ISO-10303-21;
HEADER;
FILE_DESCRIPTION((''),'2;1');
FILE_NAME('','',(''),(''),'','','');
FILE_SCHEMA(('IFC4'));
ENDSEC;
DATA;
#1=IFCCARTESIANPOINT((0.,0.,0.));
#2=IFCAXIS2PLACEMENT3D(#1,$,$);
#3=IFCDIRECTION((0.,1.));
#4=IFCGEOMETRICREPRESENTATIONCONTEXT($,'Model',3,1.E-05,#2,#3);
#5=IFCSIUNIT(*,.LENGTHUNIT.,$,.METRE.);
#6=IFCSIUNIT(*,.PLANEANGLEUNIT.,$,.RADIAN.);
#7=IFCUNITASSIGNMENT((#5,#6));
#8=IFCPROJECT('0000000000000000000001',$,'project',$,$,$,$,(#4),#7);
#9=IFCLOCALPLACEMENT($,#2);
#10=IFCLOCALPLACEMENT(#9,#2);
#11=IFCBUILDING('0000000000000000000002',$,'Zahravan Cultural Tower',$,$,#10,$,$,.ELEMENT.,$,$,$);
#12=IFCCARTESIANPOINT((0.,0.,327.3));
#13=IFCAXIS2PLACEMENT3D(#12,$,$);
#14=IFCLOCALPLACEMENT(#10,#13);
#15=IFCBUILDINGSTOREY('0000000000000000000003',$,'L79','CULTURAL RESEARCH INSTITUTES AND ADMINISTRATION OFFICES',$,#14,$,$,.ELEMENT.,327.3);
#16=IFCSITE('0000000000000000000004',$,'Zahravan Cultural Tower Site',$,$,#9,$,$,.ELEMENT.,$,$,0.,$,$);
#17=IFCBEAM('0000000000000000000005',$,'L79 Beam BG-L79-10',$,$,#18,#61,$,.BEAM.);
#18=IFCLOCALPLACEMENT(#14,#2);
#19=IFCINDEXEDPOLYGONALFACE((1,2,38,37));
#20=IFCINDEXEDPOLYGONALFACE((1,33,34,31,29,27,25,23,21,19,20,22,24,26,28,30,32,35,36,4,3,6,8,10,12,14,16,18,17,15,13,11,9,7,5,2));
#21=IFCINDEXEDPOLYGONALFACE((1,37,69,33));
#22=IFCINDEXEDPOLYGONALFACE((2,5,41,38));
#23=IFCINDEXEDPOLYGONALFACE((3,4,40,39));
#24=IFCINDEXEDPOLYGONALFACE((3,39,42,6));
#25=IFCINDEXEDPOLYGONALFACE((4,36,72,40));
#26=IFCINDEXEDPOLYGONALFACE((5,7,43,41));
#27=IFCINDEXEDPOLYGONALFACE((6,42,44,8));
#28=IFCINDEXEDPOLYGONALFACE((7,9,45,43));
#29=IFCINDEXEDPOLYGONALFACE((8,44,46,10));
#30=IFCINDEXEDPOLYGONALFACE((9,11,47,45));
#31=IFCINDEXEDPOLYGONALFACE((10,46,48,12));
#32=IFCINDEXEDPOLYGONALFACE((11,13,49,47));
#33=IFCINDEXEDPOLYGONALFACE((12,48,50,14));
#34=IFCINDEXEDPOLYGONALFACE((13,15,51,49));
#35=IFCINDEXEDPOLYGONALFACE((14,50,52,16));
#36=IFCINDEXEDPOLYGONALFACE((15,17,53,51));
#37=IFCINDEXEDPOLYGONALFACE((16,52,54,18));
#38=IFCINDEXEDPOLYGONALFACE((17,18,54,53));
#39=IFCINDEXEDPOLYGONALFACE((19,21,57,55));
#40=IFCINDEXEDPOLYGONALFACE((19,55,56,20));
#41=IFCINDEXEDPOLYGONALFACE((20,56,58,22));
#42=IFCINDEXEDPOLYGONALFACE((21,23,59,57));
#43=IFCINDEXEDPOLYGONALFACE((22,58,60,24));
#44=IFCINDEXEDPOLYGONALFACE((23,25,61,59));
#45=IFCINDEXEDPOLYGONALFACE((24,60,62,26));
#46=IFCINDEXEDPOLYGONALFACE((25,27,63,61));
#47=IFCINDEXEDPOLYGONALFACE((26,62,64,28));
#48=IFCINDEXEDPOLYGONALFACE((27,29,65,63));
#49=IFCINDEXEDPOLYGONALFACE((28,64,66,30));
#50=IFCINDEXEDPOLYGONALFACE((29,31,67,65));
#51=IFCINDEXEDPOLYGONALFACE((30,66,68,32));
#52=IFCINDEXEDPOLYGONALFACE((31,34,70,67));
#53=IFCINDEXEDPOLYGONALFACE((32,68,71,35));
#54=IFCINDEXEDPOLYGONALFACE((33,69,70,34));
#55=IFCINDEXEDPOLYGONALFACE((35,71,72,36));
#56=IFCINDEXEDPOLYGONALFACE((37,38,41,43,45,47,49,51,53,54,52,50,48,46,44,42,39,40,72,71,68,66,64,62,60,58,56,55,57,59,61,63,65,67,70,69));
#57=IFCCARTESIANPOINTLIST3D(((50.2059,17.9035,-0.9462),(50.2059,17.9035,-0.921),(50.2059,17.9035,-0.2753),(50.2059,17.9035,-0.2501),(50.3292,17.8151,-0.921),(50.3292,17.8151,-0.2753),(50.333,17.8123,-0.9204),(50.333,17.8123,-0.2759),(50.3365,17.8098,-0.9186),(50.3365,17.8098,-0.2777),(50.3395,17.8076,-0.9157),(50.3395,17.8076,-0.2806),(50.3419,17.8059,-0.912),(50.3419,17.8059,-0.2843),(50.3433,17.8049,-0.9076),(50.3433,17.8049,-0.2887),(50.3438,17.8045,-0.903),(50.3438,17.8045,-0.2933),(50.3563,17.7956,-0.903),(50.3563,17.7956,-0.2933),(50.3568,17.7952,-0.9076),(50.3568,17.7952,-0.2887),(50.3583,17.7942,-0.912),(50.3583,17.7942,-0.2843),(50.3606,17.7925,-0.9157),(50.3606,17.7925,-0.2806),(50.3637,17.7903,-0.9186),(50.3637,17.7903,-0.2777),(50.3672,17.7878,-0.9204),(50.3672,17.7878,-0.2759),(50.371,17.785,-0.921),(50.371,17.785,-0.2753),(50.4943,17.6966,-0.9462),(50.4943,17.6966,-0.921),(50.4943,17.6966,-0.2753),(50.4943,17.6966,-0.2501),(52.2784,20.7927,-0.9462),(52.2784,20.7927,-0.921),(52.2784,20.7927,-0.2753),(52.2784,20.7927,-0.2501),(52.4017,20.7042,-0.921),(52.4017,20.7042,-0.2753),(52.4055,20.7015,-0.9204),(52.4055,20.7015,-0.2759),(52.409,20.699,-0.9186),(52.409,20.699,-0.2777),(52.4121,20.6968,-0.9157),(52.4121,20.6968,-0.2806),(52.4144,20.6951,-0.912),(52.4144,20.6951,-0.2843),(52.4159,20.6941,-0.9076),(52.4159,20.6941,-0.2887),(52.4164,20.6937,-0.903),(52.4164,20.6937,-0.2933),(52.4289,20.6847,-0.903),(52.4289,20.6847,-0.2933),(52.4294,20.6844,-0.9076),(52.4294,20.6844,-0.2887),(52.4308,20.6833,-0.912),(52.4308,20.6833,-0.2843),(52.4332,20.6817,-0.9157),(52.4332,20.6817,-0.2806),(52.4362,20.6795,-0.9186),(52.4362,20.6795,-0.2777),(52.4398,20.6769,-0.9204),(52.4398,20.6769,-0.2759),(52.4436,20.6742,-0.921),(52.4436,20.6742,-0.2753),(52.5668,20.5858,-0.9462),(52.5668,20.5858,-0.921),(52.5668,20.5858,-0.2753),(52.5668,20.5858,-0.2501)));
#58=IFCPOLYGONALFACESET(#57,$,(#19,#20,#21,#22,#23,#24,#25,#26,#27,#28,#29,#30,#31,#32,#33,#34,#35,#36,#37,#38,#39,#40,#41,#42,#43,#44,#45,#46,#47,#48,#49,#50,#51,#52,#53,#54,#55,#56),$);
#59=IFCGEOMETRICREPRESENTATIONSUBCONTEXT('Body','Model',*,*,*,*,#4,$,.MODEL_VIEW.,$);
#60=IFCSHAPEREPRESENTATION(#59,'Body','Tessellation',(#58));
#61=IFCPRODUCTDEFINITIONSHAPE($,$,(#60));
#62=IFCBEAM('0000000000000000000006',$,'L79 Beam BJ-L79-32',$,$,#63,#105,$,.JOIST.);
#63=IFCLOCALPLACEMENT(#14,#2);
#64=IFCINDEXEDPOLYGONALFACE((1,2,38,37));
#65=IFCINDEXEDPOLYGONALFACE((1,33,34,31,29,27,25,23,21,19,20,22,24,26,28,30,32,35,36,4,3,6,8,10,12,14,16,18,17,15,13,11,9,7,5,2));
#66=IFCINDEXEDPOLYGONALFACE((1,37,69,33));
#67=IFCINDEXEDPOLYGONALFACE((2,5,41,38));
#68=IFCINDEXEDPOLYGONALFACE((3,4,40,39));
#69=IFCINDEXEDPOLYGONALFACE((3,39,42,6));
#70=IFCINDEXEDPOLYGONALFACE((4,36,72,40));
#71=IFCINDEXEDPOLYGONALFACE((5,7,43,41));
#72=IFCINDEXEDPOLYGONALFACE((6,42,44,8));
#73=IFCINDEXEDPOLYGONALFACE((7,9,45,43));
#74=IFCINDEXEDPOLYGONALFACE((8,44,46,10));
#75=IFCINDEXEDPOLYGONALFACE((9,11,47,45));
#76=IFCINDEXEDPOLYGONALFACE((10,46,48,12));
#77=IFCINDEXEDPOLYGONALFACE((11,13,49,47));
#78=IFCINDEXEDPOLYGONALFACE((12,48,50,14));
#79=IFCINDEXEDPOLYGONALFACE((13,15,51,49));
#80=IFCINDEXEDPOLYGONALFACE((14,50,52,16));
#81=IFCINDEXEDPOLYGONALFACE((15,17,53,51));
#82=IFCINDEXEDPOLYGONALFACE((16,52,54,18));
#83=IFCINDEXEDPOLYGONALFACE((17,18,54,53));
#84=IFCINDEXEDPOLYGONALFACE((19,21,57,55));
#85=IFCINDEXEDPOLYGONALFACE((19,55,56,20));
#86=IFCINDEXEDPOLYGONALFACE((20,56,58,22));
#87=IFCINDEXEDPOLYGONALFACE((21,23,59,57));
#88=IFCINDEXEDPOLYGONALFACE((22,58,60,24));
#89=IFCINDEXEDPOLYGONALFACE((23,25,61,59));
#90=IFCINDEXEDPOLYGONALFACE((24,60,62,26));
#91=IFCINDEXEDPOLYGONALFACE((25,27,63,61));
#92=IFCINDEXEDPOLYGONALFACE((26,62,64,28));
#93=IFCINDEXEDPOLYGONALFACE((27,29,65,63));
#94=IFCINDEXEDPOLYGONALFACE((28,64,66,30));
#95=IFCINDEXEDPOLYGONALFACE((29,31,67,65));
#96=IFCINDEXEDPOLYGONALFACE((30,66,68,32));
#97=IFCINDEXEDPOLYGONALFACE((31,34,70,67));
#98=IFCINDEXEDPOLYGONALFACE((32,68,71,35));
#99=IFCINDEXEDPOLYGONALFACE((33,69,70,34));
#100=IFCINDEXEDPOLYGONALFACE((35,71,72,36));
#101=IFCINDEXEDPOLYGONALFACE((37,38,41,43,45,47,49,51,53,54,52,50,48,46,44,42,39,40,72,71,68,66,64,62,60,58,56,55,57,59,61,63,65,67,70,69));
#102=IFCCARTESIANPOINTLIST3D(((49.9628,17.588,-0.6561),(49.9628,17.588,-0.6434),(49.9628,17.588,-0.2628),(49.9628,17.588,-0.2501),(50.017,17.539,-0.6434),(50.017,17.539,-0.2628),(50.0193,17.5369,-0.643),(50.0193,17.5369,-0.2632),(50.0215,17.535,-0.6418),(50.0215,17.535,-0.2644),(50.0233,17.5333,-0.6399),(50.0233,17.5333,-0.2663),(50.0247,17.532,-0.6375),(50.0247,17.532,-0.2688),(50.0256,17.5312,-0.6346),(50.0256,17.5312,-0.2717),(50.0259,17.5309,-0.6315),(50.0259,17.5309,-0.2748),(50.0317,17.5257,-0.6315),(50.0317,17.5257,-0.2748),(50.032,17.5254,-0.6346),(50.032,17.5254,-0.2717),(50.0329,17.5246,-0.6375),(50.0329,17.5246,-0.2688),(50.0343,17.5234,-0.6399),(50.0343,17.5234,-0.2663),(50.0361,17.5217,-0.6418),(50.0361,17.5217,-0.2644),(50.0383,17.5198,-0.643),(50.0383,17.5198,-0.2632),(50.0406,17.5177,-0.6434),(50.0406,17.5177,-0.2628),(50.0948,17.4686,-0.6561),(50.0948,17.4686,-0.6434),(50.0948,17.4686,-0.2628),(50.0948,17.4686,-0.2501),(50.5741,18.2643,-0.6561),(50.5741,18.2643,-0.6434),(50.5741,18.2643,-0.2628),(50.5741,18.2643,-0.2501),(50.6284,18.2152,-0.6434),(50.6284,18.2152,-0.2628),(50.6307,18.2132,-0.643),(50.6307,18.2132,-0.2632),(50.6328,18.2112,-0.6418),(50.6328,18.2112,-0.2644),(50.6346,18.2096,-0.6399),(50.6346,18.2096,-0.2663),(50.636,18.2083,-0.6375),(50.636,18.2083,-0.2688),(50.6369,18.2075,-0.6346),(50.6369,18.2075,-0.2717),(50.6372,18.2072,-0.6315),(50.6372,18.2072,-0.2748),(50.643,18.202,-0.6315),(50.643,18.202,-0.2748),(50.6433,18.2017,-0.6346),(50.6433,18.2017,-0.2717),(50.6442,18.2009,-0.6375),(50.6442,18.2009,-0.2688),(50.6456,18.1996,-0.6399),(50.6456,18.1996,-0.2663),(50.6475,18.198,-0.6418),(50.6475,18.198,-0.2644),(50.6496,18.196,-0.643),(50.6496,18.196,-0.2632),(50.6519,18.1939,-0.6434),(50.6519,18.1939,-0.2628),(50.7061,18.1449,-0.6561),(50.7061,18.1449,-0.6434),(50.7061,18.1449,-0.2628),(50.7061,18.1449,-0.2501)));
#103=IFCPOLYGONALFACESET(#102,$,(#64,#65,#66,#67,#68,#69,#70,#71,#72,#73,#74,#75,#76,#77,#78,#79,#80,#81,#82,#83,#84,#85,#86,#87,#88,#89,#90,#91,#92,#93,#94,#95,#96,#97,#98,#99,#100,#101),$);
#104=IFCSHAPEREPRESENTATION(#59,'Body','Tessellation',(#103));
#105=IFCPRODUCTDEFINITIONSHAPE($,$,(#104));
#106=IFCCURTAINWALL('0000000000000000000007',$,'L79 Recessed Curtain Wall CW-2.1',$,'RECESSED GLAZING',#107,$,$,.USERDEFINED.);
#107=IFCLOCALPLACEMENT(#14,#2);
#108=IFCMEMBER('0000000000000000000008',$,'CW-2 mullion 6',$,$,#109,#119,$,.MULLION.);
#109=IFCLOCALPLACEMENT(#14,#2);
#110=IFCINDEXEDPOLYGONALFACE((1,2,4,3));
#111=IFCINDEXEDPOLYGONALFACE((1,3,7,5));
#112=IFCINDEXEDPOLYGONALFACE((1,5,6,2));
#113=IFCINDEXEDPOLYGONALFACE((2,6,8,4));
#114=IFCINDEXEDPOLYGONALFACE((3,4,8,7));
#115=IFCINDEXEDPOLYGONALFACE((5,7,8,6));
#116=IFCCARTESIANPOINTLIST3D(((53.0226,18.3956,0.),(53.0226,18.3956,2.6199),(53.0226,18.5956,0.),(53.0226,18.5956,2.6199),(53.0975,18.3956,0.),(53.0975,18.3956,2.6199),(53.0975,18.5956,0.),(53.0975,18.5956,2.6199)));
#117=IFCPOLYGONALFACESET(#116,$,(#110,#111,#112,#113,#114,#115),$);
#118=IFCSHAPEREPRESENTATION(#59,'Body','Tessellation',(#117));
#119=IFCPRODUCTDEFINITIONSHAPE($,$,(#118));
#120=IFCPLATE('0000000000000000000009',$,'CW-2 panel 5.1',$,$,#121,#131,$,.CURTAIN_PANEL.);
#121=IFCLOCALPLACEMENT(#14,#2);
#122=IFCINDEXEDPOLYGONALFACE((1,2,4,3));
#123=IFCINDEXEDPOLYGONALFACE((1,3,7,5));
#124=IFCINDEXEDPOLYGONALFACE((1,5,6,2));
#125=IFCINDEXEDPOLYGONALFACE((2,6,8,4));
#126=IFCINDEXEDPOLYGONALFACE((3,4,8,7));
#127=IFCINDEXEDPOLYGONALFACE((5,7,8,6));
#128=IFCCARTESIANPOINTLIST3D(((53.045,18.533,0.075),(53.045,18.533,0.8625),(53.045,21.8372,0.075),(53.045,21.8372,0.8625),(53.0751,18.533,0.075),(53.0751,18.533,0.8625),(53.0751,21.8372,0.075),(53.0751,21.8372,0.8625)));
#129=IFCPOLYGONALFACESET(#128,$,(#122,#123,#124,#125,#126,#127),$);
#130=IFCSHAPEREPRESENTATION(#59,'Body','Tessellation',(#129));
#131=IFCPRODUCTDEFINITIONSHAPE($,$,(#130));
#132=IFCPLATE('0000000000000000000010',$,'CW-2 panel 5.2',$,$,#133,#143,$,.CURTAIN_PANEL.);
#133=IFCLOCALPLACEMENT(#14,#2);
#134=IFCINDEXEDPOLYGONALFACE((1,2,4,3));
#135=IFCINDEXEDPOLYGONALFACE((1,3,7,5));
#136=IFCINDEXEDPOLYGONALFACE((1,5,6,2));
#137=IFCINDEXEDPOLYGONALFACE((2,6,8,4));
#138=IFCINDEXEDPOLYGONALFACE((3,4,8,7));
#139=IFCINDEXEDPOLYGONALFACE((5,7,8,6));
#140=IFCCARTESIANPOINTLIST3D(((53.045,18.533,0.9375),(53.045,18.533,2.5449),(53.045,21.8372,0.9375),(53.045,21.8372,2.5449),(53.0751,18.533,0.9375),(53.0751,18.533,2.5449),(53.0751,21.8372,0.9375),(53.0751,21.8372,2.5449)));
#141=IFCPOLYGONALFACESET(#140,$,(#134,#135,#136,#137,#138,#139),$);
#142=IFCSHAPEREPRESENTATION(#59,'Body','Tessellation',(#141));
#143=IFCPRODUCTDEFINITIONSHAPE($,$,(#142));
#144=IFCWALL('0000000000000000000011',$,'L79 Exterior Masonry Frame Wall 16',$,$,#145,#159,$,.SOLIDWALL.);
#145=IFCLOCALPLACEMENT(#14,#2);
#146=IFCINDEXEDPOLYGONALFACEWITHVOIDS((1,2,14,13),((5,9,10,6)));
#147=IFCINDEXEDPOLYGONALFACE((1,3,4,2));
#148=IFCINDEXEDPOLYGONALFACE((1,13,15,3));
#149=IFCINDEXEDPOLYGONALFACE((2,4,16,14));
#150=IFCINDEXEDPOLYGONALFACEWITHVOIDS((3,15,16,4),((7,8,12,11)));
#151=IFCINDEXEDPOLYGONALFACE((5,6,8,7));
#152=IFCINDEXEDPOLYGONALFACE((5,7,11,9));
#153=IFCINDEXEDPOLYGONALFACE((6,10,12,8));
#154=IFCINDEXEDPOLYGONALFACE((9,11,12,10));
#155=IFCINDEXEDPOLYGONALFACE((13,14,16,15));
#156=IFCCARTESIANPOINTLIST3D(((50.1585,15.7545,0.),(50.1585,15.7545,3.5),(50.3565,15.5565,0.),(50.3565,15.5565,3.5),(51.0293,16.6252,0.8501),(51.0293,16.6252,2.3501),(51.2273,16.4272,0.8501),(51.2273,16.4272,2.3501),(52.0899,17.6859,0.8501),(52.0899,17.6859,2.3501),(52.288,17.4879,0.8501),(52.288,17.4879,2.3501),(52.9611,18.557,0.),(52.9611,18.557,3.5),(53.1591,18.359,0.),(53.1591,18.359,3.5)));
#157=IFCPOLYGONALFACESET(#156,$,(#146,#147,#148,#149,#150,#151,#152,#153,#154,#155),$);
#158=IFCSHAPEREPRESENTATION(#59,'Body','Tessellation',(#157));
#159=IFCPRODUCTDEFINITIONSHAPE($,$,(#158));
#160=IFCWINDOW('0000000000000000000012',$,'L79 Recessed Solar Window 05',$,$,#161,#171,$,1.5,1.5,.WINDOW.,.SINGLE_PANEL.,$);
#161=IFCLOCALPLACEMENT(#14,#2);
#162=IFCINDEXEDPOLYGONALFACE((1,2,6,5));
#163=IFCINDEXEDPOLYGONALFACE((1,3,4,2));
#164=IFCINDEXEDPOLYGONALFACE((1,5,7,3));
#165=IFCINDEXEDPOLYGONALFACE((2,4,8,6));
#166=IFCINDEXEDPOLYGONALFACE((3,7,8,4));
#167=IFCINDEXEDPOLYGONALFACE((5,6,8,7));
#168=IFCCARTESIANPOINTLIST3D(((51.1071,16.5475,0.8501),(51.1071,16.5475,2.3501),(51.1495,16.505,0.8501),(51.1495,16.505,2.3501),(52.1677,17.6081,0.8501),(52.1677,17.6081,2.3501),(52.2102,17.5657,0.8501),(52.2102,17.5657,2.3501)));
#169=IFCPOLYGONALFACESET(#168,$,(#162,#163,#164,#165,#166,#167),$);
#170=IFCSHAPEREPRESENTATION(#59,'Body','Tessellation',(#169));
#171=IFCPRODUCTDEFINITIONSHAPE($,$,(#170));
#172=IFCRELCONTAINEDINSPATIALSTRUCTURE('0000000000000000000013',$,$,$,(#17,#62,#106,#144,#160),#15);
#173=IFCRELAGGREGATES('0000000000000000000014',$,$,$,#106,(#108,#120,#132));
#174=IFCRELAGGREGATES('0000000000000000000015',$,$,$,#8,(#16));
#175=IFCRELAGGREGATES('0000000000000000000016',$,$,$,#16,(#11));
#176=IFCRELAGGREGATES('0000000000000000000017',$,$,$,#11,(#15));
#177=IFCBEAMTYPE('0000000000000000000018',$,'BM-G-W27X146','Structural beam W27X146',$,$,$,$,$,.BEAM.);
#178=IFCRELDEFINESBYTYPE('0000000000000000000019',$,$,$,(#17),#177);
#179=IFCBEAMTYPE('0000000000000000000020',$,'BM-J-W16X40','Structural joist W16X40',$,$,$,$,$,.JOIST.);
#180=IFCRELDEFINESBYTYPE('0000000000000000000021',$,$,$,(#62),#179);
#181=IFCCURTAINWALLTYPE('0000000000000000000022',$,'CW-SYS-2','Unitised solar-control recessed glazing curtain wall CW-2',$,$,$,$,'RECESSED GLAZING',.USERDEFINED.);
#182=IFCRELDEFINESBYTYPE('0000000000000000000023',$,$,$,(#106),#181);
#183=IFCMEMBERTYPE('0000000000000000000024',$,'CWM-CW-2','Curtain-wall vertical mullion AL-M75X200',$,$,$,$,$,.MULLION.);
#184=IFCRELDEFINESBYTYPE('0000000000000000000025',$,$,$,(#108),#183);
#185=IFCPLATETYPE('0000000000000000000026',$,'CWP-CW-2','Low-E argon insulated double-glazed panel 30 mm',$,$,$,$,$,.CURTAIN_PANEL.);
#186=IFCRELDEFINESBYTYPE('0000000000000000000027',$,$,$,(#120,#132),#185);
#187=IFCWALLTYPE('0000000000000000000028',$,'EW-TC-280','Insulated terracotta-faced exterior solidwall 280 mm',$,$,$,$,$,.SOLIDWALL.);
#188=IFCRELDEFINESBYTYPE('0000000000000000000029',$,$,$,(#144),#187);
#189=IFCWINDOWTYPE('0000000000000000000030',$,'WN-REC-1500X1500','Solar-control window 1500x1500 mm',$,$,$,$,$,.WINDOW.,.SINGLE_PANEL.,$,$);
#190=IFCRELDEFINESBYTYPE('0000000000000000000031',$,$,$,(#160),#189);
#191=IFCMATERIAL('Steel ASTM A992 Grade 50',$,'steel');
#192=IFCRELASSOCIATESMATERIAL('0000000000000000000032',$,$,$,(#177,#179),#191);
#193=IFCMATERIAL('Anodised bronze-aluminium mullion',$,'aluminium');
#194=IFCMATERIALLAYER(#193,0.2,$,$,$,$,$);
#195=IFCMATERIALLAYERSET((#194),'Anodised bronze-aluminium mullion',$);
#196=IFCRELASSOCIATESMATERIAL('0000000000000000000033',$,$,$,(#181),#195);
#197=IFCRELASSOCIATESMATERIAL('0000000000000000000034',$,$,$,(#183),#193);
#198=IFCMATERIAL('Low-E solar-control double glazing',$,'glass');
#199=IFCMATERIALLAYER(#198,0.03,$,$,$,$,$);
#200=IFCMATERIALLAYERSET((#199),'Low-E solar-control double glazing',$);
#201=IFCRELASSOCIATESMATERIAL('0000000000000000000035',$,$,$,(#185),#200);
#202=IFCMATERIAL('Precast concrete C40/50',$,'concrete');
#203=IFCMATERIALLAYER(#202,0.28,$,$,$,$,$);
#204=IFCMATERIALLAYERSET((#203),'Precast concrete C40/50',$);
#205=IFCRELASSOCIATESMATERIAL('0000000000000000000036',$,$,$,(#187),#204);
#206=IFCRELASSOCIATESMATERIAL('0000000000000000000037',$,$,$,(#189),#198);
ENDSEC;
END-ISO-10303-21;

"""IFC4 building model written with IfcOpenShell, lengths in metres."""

from ifc_helpers import new_model, si_unit, direction, frame, frame_2d, origin, origin_2d, place, context, subcontext, project, spatial, rectangle, i_section, extrude, source, transform, mapped, material, layer, layer_set, material_profile, profile_set, type_object, element, fill, aggregate, save


model = new_model("IFC4")

# Units and contexts
model_context = context("Model", 3, precision=1e-05, world=origin(), true_north=direction((0.0, 1.0)))
body_context = subcontext(model_context, "Body", "Model", "MODEL_VIEW")
ifc_project = project(units=[si_unit("LENGTHUNIT", "METRE"), si_unit("PLANEANGLEUNIT", "RADIAN")], contexts=[model_context])

# Site, building, storey
site_placement = place(None, origin())
site = spatial("IfcSite", under=ifc_project, at=site_placement, Name="Zahravan Cultural Tower Site", CompositionType="ELEMENT", RefElevation=0.0)
building_placement = place(site_placement, origin())
building = spatial("IfcBuilding", under=site, at=building_placement, Name="Zahravan Cultural Tower", CompositionType="ELEMENT")
storey_placement = place(building_placement, frame((0.0, 0.0, 327.3)))
storey = spatial("IfcBuildingStorey", under=building, at=storey_placement, Name="L79", Description="CULTURAL RESEARCH INSTITUTES AND ADMINISTRATION OFFICES", CompositionType="ELEMENT", Elevation=327.3)

# Shared definitions
ifc_material_1 = material(Name="Steel ASTM A992 Grade 50", Category="steel")

# Beams
ifc_material_profile_1 = material_profile(ifc_material_1, i_section(OverallWidth=0.355, OverallDepth=0.696, WebThickness=0.0154, FlangeThickness=0.0251, FilletRadius=0.0181, at=origin_2d()), Name="W27X146")
ifc_profile_set_1 = profile_set([ifc_material_profile_1], Name="Steel ASTM A992 Grade 50")
beam_type_1 = type_object("IfcBeamType", Name="BM-G-W27X146", Description="Structural beam W27X146", PredefinedType="BEAM", material=ifc_profile_set_1)
shared_shape_1 = source(origin(), body_context, "Body", "SweptSolid", [
    extrude(i_section(OverallWidth=0.355, OverallDepth=0.696, WebThickness=0.0154, FlangeThickness=0.0251, FilletRadius=0.0181, at=origin_2d()), origin(), (0.0, 0.0, 1.0), 3.5557),
])
beam_1_placement = place(storey_placement, frame((50.3501, 17.8, -0.5981), z_axis=(0.58288, 0.812558, 0.0), x_axis=(-0.812558, 0.58288, 0.0)))
element("IfcBeam", 1, at=beam_1_placement, inside=storey, type_object=beam_type_1, Name="L79 Beam BG-L79-10", PredefinedType="BEAM", context=body_context, shape_type="MappedRepresentation", body=[
    mapped(shared_shape_1, transform((0.0, 0.0, 0.0), x_axis=(1.0, 0.0, 0.0), y_axis=(0.0, 1.0, 0.0), z_axis=(0.0, 0.0, 1.0), scale=1.0)),
])
ifc_material_profile_2 = material_profile(ifc_material_1, i_section(OverallWidth=0.178, OverallDepth=0.406, WebThickness=0.0078, FlangeThickness=0.0127, FilletRadius=0.012, at=origin_2d()), Name="W16X40")
ifc_profile_set_2 = profile_set([ifc_material_profile_2], Name="Steel ASTM A992 Grade 50")
beam_type_2 = type_object("IfcBeamType", Name="BM-J-W16X40", Description="Structural joist W16X40", PredefinedType="JOIST", material=ifc_profile_set_2)
shared_shape_2 = source(origin(), body_context, "Body", "SweptSolid", [
    extrude(i_section(OverallWidth=0.178, OverallDepth=0.406, WebThickness=0.0078, FlangeThickness=0.0127, FilletRadius=0.012, at=origin_2d()), origin(), (0.0, 0.0, 1.0), 0.9116),
])
beam_2_placement = place(storey_placement, frame((50.0288, 17.5283, -0.4531), z_axis=(0.670591, 0.741828, 0.0), x_axis=(-0.741828, 0.670591, 0.0)))
element("IfcBeam", 2, at=beam_2_placement, inside=storey, type_object=beam_type_2, Name="L79 Beam BJ-L79-32", PredefinedType="JOIST", context=body_context, shape_type="MappedRepresentation", body=[
    mapped(shared_shape_2, transform((0.0, 0.0, 0.0), x_axis=(1.0, 0.0, 0.0), y_axis=(0.0, 1.0, 0.0), z_axis=(0.0, 0.0, 1.0), scale=1.0)),
])

# Curtain wall, member, plates
ifc_material_2 = material(Name="Anodised bronze-aluminium mullion", Category="aluminium")
ifc_layer_1 = layer(ifc_material_2, 0.2)
ifc_layer_set_1 = layer_set([ifc_layer_1], Name="Anodised bronze-aluminium mullion")
curtain_wall_type = type_object("IfcCurtainWallType", Name="CW-SYS-2", Description="Unitised solar-control recessed glazing curtain wall CW-2", ElementType="RECESSED GLAZING", PredefinedType="USERDEFINED", material=ifc_layer_set_1)
curtain_wall_placement = place(storey_placement, origin())
curtain_wall = element("IfcCurtainWall", 3, at=curtain_wall_placement, inside=storey, type_object=curtain_wall_type, Name="L79 Recessed Curtain Wall CW-2.1", ObjectType="RECESSED GLAZING", PredefinedType="USERDEFINED")
ifc_material_profile_3 = material_profile(ifc_material_2, rectangle(XDim=0.075, YDim=0.2, at=origin_2d()), Name="AL-M75X200")
ifc_profile_set_3 = profile_set([ifc_material_profile_3], Name="Anodised bronze-aluminium mullion")
member_type = type_object("IfcMemberType", Name="CWM-CW-2", Description="Curtain-wall vertical mullion AL-M75X200", PredefinedType="MULLION", material=ifc_profile_set_3)
shared_shape_3 = source(origin(), body_context, "Body", "SweptSolid", [
    extrude(rectangle(XDim=0.075, YDim=0.2, at=origin_2d()), origin(), (0.0, 0.0, 1.0), 2.6199),
])
member_placement = place(storey_placement, frame((53.0601, 18.4956, 0.0), z_axis=(0.0, 0.0, 1.0), x_axis=(1.0, 0.0, 0.0)))
member = element("IfcMember", 4, at=member_placement, type_object=member_type, Name="CW-2 mullion 6", PredefinedType="MULLION", context=body_context, shape_type="MappedRepresentation", body=[
    mapped(shared_shape_3, transform((0.0, 0.0, 0.0), x_axis=(1.0, 0.0, 0.0), y_axis=(0.0, 1.0, 0.0), z_axis=(0.0, 0.0, 1.0), scale=1.0)),
])
ifc_material_3 = material(Name="Low-E solar-control double glazing", Category="glass")
ifc_layer_2 = layer(ifc_material_3, 0.03)
ifc_layer_set_2 = layer_set([ifc_layer_2], Name="Low-E solar-control double glazing")
plate_type = type_object("IfcPlateType", Name="CWP-CW-2", Description="Low-E argon insulated double-glazed panel 30 mm", PredefinedType="CURTAIN_PANEL", material=ifc_layer_set_2)
shared_shape_4 = source(origin(), body_context, "Body", "SweptSolid", [
    extrude(rectangle(XDim=3.3042, YDim=0.03, at=origin_2d()), origin(), (0.0, 0.0, 1.0), 0.7876),
])
plate_1_placement = place(storey_placement, frame((53.0601, 20.1851, 0.075), z_axis=(0.0, 0.0, 1.0), x_axis=(0.0, -1.0, 0.0)))
plate_1 = element("IfcPlate", 5, at=plate_1_placement, type_object=plate_type, Name="CW-2 panel 5.1", PredefinedType="CURTAIN_PANEL", context=body_context, shape_type="MappedRepresentation", body=[
    mapped(shared_shape_4, transform((0.0, 0.0, 0.0), x_axis=(1.0, 0.0, 0.0), y_axis=(0.0, 1.0, 0.0), z_axis=(0.0, 0.0, 1.0), scale=1.0)),
])
shared_shape_5 = source(origin(), body_context, "Body", "SweptSolid", [
    extrude(rectangle(XDim=3.3042, YDim=0.03, at=origin_2d()), origin(), (0.0, 0.0, 1.0), 1.6074),
])
plate_2_placement = place(storey_placement, frame((53.0601, 20.1851, 0.9375), z_axis=(0.0, 0.0, 1.0), x_axis=(0.0, -1.0, 0.0)))
plate_2 = element("IfcPlate", 6, at=plate_2_placement, type_object=plate_type, Name="CW-2 panel 5.2", PredefinedType="CURTAIN_PANEL", context=body_context, shape_type="MappedRepresentation", body=[
    mapped(shared_shape_5, transform((0.0, 0.0, 0.0), x_axis=(1.0, 0.0, 0.0), y_axis=(0.0, 1.0, 0.0), z_axis=(0.0, 0.0, 1.0), scale=1.0)),
])
aggregate(curtain_wall, [member, plate_1, plate_2])

# Wall, opening, window
ifc_material_4 = material(Name="Precast concrete C40/50", Category="concrete")
ifc_layer_3 = layer(ifc_material_4, 0.28)
ifc_layer_set_3 = layer_set([ifc_layer_3], Name="Precast concrete C40/50")
wall_type_1 = type_object("IfcWallType", Name="EW-TC-280", Description="Insulated terracotta-faced exterior solidwall 280 mm", PredefinedType="SOLIDWALL", material=ifc_layer_set_3)
wall_1_placement = place(storey_placement, frame((53.0601, 18.458, 0.0), z_axis=(0.0, 0.0, 1.0), x_axis=(-0.707107, -0.707107, 0.0)))
wall_1 = element("IfcWall", 7, at=wall_1_placement, inside=storey, type_object=wall_type_1, Name="L79 Exterior Masonry Frame Wall 16", PredefinedType="SOLIDWALL", context=body_context, shape_type="SweptSolid", body=[
    extrude(rectangle(XDim=3.9634, YDim=0.28, at=frame_2d((1.9817, 0.0))), origin(), (0.0, 0.0, 1.0), 3.5),
])
opening_1_placement = place(wall_1_placement, frame((1.2319, 0.0, 0.8501)))
opening_1 = element("IfcOpeningElement", 8, at=opening_1_placement, cuts=wall_1, PredefinedType="OPENING", context=body_context, shape_type="SweptSolid", body=[
    extrude(rectangle(XDim=1.5, YDim=1.5, at=frame_2d((0.75, 0.75))), frame((0.0, 0.1499, 0.0), z_axis=(0.0, -1.0, 0.0), x_axis=(1.0, 0.0, 0.0)), (0.0, 0.0, 1.0), 0.3),
])
window_type = type_object("IfcWindowType", Name="WN-REC-1500X1500", Description="Solar-control window 1500x1500 mm", PartitioningType="SINGLE_PANEL", PredefinedType="WINDOW", material=ifc_material_3)
shared_shape_6 = source(origin(), body_context, "Body", "SweptSolid", [
    extrude(rectangle(XDim=1.5, YDim=1.5, at=frame_2d((0.75, 0.75))), frame((0.0, 0.03, 0.0), z_axis=(0.0, -1.0, 0.0), x_axis=(1.0, 0.0, 0.0)), (0.0, 0.0, 1.0), 0.0601),
])
window_1_placement = place(opening_1_placement, origin())
window_1 = element("IfcWindow", 9, at=window_1_placement, inside=storey, type_object=window_type, Name="L79 Recessed Solar Window 05", OverallHeight=1.5, OverallWidth=1.5, PartitioningType="SINGLE_PANEL", PredefinedType="WINDOW", context=body_context, shape_type="MappedRepresentation", body=[
    mapped(shared_shape_6, transform((0.0, 0.0, 0.0), x_axis=(1.0, 0.0, 0.0), y_axis=(0.0, 1.0, 0.0), z_axis=(0.0, 0.0, 1.0), scale=1.0)),
])
fill(opening_1, window_1)

save(model, "model.ifc")
